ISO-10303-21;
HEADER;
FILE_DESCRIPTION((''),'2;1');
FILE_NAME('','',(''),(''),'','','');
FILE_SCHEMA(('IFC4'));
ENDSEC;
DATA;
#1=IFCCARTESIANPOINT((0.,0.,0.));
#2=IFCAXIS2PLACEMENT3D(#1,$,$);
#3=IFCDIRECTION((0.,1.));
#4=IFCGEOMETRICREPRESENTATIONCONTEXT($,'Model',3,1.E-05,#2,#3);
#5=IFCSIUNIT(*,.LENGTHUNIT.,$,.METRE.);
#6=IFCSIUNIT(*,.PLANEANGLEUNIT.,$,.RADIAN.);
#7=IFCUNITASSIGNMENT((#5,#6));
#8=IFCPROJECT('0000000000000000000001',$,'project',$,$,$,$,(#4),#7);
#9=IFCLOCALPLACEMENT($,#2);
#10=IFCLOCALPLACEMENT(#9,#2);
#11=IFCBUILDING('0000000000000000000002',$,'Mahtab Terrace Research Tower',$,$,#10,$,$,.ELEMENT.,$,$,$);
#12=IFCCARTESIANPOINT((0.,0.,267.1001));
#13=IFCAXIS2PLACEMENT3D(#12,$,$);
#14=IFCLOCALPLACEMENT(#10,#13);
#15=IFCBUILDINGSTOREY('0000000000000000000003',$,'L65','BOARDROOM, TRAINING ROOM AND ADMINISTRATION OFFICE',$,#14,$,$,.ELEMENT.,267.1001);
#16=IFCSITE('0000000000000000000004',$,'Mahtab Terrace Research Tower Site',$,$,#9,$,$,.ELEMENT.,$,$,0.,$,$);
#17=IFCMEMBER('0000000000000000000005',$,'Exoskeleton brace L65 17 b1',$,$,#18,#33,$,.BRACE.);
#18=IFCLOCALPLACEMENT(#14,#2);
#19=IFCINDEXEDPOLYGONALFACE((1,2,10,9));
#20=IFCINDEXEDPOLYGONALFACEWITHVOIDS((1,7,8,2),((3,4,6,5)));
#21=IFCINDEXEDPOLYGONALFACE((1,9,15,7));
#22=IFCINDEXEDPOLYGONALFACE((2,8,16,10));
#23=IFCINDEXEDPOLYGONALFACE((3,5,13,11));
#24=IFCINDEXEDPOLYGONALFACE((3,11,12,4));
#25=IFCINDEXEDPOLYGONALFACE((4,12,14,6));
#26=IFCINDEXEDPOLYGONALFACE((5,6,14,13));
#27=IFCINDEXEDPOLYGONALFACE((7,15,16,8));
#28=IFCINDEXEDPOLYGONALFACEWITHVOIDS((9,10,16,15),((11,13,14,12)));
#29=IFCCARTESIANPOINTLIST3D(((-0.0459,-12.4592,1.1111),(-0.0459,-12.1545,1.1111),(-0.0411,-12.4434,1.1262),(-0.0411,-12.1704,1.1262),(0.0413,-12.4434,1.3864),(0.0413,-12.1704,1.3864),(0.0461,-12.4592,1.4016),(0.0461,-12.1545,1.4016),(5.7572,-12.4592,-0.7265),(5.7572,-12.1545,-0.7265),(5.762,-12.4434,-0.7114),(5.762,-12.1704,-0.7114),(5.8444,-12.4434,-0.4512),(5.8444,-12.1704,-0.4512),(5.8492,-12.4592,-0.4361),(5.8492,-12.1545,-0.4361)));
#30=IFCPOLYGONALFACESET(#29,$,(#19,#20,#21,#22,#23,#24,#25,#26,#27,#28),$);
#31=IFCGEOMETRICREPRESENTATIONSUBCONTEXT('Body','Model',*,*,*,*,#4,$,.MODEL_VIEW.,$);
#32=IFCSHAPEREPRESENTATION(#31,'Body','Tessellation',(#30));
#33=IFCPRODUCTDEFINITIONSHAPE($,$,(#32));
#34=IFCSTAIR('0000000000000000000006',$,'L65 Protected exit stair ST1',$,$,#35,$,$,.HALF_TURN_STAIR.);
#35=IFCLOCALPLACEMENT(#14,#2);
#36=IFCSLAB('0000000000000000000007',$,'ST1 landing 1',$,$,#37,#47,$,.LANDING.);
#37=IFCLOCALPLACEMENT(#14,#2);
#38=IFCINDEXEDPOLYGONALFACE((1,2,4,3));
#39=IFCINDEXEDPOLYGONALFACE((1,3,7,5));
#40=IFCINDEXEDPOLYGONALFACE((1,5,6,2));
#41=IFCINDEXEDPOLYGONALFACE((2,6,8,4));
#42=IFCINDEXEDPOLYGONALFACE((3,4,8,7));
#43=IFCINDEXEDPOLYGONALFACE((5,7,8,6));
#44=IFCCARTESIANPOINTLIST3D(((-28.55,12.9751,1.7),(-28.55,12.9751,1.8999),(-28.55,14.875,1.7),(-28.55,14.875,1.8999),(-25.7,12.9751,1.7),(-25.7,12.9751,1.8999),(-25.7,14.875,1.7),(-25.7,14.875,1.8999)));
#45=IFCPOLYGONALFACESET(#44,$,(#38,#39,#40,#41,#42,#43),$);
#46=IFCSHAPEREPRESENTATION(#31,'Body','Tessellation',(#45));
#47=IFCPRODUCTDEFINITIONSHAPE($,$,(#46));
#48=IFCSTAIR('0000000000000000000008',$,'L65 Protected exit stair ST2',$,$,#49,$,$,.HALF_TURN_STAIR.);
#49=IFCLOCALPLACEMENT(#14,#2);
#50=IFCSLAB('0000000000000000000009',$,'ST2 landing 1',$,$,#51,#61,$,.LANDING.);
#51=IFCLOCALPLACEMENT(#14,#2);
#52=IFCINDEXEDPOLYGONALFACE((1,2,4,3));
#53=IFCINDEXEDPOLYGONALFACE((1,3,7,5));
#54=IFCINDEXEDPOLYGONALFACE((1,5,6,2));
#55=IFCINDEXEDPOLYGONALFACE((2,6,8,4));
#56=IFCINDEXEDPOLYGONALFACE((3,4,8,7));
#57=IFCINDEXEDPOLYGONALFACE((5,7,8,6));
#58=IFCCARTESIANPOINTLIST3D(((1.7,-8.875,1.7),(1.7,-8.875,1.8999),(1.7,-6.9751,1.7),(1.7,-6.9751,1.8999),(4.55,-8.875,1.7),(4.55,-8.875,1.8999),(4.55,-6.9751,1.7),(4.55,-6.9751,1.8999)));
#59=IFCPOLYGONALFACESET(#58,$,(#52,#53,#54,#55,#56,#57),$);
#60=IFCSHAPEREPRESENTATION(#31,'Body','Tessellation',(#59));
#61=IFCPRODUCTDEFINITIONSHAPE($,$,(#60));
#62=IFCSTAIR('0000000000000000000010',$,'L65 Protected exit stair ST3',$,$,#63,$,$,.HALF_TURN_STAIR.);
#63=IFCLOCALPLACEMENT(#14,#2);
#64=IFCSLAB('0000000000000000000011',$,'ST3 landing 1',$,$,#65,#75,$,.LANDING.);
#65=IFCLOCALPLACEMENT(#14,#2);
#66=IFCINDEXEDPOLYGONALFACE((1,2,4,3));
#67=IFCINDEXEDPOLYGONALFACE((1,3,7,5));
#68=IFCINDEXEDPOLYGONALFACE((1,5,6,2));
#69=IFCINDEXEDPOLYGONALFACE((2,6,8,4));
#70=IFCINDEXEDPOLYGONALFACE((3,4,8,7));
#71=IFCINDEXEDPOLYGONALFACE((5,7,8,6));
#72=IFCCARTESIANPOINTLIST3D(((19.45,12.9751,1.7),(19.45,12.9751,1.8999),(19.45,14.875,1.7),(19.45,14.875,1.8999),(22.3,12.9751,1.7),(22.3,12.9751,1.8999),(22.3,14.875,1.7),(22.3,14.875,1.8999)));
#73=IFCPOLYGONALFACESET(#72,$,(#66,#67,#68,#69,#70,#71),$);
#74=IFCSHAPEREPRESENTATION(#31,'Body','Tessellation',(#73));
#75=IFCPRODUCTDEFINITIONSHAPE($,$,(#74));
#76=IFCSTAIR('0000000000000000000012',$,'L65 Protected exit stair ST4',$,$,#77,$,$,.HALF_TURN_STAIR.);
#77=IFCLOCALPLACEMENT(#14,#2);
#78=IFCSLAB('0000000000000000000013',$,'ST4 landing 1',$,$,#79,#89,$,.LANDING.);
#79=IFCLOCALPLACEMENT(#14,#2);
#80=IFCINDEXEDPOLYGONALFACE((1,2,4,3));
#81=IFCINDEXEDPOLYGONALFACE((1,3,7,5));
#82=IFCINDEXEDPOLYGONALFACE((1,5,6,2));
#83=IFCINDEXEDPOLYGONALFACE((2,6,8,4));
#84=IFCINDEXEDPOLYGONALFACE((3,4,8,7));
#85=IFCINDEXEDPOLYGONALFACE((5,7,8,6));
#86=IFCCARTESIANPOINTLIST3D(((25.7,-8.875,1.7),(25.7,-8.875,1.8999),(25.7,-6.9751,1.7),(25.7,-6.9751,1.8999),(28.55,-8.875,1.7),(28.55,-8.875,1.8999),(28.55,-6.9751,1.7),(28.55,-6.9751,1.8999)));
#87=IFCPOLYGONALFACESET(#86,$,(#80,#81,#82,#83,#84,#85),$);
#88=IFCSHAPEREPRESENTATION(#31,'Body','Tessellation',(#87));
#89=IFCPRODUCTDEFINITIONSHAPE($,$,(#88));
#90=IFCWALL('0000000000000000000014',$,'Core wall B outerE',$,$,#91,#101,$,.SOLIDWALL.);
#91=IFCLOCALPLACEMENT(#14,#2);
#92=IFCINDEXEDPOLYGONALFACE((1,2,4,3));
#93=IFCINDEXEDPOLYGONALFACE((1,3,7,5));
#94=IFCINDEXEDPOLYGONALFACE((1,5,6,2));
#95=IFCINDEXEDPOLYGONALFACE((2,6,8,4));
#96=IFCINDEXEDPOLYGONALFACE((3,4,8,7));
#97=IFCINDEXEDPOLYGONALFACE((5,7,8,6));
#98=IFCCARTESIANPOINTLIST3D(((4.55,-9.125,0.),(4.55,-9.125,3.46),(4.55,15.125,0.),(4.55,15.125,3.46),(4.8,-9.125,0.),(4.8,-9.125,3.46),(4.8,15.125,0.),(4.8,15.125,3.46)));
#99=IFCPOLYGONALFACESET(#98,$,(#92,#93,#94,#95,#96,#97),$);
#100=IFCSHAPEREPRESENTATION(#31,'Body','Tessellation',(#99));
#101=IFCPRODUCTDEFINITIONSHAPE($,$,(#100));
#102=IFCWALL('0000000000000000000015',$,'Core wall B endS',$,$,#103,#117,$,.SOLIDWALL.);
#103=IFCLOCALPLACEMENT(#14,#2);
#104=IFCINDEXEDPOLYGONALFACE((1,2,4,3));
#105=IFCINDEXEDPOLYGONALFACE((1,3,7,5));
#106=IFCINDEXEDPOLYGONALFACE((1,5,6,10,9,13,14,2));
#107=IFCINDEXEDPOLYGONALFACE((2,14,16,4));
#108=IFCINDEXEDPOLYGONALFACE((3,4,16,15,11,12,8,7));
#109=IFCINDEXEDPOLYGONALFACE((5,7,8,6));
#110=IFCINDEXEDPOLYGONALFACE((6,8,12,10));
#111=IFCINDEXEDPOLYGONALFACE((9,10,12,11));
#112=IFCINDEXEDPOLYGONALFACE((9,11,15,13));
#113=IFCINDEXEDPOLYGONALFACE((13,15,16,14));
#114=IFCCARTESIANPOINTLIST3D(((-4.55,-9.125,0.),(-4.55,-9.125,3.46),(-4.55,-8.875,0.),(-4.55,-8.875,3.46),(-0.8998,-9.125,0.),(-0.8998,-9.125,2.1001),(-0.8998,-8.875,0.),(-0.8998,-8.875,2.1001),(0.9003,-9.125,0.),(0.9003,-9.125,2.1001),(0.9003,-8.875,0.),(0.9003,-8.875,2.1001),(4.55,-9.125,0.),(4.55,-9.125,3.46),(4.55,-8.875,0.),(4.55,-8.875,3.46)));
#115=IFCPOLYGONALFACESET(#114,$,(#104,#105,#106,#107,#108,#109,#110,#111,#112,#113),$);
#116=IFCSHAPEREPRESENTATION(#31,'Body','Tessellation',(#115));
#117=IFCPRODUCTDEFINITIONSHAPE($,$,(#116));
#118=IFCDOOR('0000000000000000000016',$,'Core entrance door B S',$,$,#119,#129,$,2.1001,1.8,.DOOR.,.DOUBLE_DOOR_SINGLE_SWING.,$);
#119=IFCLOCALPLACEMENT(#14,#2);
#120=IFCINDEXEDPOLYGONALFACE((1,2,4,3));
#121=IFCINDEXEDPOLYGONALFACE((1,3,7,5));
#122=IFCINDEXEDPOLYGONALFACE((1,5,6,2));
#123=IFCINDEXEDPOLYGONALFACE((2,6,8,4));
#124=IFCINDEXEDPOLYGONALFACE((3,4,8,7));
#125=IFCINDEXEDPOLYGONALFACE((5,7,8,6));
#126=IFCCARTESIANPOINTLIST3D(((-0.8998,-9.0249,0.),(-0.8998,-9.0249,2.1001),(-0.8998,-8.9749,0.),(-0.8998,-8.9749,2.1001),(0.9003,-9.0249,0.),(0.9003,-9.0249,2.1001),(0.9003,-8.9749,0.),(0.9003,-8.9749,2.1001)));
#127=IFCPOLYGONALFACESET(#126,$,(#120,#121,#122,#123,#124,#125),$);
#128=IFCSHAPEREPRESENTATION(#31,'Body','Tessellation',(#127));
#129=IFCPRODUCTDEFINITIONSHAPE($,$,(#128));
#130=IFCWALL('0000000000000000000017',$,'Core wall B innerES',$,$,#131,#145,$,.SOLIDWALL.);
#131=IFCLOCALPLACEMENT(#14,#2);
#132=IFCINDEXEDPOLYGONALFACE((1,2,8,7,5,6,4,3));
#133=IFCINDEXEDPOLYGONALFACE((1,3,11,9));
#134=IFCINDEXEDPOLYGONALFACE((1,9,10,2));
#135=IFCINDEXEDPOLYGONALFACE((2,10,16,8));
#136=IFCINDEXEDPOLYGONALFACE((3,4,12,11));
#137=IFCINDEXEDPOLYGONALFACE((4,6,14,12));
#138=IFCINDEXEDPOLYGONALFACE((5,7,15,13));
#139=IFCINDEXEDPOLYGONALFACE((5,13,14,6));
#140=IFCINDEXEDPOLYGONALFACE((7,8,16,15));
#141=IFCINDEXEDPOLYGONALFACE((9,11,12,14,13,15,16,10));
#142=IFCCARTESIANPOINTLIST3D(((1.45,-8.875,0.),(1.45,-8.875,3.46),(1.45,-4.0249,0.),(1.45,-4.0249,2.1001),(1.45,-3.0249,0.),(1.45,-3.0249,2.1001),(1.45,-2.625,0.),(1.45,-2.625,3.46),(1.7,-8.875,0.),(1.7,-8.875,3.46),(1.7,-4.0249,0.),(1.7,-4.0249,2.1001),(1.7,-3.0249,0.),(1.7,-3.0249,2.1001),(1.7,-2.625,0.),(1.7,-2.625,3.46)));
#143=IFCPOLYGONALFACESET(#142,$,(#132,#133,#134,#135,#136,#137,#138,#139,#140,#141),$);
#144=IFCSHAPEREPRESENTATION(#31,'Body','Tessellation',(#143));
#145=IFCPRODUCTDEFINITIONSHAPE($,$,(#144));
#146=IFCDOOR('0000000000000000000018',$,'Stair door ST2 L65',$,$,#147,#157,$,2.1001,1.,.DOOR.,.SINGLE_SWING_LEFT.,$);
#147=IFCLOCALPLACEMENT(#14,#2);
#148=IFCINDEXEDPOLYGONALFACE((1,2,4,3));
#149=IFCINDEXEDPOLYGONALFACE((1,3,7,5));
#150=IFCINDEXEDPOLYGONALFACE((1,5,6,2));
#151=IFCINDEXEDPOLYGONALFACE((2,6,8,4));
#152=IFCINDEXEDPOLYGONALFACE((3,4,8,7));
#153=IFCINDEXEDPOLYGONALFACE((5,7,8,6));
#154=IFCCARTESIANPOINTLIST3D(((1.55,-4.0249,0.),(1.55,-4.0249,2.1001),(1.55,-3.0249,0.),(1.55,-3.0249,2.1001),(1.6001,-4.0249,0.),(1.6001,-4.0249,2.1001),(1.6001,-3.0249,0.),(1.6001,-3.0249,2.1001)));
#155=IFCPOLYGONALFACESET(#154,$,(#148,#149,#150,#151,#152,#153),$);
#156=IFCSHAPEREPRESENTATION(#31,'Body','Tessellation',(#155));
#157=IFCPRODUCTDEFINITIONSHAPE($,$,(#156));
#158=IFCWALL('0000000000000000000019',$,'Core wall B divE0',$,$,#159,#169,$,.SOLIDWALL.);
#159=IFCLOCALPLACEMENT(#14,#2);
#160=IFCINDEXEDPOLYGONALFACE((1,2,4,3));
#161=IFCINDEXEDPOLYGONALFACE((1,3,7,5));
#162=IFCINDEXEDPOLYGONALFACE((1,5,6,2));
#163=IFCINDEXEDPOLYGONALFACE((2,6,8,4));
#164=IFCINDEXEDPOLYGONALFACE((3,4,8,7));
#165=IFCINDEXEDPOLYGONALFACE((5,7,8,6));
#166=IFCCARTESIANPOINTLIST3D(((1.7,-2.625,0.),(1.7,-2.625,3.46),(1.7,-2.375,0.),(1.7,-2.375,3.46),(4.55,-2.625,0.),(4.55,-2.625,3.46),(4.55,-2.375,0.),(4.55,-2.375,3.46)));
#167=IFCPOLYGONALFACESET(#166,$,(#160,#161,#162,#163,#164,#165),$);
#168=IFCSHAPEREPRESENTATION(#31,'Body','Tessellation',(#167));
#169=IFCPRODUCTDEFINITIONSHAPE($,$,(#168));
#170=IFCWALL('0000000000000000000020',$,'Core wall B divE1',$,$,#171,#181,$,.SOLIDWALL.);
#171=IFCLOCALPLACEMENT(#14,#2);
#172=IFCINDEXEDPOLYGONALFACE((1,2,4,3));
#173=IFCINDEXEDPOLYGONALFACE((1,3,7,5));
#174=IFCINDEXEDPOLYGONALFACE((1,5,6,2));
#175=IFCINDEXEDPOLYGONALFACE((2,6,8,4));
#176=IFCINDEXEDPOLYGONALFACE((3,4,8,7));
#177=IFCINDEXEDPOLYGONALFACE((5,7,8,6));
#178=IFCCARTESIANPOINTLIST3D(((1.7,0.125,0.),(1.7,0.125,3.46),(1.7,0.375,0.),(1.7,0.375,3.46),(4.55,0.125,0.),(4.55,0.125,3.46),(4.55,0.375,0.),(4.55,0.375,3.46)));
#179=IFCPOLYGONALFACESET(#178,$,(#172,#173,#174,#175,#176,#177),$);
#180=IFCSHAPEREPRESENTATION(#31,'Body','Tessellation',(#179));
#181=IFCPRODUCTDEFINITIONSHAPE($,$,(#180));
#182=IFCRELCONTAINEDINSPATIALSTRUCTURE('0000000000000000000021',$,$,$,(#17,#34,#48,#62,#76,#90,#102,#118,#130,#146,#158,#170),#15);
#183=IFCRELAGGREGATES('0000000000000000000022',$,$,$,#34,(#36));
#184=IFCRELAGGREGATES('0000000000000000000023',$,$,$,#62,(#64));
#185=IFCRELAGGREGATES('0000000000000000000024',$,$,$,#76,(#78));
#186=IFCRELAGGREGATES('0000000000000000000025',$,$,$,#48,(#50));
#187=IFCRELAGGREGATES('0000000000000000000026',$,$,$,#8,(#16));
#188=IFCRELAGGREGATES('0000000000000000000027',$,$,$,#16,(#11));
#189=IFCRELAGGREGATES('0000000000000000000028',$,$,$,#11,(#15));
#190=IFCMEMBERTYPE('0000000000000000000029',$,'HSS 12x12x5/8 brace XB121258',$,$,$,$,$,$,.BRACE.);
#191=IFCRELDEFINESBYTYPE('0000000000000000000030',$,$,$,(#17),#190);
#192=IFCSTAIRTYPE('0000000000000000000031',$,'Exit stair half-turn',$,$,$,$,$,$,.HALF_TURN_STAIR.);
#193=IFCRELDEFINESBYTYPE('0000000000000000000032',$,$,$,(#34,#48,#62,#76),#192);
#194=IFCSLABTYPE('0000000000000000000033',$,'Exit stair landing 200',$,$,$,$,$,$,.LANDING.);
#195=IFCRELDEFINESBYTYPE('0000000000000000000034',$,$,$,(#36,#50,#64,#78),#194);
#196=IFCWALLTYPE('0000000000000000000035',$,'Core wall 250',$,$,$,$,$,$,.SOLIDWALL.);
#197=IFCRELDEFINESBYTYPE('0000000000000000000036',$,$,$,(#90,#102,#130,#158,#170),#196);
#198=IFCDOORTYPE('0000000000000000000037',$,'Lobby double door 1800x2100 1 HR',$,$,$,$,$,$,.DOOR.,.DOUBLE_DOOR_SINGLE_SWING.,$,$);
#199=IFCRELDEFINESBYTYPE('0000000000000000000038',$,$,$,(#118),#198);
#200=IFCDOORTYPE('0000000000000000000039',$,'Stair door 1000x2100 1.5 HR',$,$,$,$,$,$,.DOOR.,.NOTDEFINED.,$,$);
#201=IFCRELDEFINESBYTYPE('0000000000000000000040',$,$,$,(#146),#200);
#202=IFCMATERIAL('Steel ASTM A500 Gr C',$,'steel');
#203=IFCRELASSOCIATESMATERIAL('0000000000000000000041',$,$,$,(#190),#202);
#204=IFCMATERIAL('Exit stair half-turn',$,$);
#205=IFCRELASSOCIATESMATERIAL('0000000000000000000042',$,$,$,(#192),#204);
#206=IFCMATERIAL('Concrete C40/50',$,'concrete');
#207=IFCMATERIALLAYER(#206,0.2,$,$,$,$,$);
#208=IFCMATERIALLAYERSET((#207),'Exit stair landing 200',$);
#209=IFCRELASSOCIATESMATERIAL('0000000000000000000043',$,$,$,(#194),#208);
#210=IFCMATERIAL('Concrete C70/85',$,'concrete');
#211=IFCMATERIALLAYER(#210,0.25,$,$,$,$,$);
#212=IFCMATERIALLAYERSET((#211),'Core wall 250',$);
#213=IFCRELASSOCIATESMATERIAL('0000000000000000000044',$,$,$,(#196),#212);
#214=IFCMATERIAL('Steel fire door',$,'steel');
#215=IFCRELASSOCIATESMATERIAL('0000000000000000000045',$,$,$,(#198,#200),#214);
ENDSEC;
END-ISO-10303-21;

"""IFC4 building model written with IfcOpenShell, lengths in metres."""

from ifc_helpers import new_model, si_unit, direction, frame, frame_2d, origin, origin_2d, place, context, subcontext, project, spatial, polyline, rectangle, hollow_rectangle, outline, extrude, material, layer, layer_set, material_profile, profile_set, type_object, element, fill, aggregate, save


model = new_model("IFC4")

# Units and contexts
model_context = context("Model", 3, precision=1e-05, world=origin(), true_north=direction((0.0, 1.0)))
body_context = subcontext(model_context, "Body", "Model", "MODEL_VIEW")
ifc_project = project(units=[si_unit("LENGTHUNIT", "METRE"), si_unit("PLANEANGLEUNIT", "RADIAN")], contexts=[model_context])

# Site, building, storey
site_placement = place(None, origin())
site = spatial("IfcSite", under=ifc_project, at=site_placement, Name="Mahtab Terrace Research Tower Site", CompositionType="ELEMENT", RefElevation=0.0)
building_placement = place(site_placement, origin())
building = spatial("IfcBuilding", under=site, at=building_placement, Name="Mahtab Terrace Research Tower", CompositionType="ELEMENT")
storey_placement = place(building_placement, frame((0.0, 0.0, 267.1001)))
storey = spatial("IfcBuildingStorey", under=building, at=storey_placement, Name="L65", Description="BOARDROOM, TRAINING ROOM AND ADMINISTRATION OFFICE", CompositionType="ELEMENT", Elevation=267.1001)

# Member
ifc_material_1 = material(Name="Steel ASTM A500 Gr C", Category="steel")
ifc_material_profile = material_profile(ifc_material_1, hollow_rectangle(XDim=0.3047, YDim=0.3047, WallThickness=0.0159, at=origin_2d()), Name="HSS12X12X5/8")
ifc_profile_set = profile_set([ifc_material_profile], Name="Steel ASTM A500 Gr C")
member_type = type_object("IfcMemberType", Name="HSS 12x12x5/8 brace XB121258", PredefinedType="BRACE", material=ifc_profile_set)
member_placement = place(storey_placement, frame((5.8032, -12.3069, -0.5813), z_axis=(-0.953344, 0.0, 0.301886), x_axis=(0.0, -1.0, 0.0)))
element("IfcMember", 1, at=member_placement, inside=storey, type_object=member_type, Name="Exoskeleton brace L65 17 b1", PredefinedType="BRACE", context=body_context, shape_type="SweptSolid", body=[
    extrude(hollow_rectangle(XDim=0.3047, YDim=0.3047, WallThickness=0.0159, at=origin_2d()), origin(), (0.0, 0.0, 1.0), 6.0872),
])

# Stairs, slabs
ifc_material_2 = material(Name="Exit stair half-turn")
stair_type = type_object("IfcStairType", Name="Exit stair half-turn", PredefinedType="HALF_TURN_STAIR", material=ifc_material_2)
stair_1_placement = place(storey_placement, origin())
stair_1 = element("IfcStair", 2, at=stair_1_placement, inside=storey, type_object=stair_type, Name="L65 Protected exit stair ST1", PredefinedType="HALF_TURN_STAIR")
ifc_material_3 = material(Name="Concrete C40/50", Category="concrete")
ifc_layer_1 = layer(ifc_material_3, 0.2)
ifc_layer_set_1 = layer_set([ifc_layer_1], Name="Exit stair landing 200")
slab_type = type_object("IfcSlabType", Name="Exit stair landing 200", PredefinedType="LANDING", material=ifc_layer_set_1)
slab_1_placement = place(storey_placement, frame((0.0, 0.0, 1.7)))
slab_1 = element("IfcSlab", 3, at=slab_1_placement, type_object=slab_type, Name="ST1 landing 1", PredefinedType="LANDING", context=body_context, shape_type="SweptSolid", body=[
    extrude(outline(polyline([(-25.7, 12.9751), (-25.7, 14.875), (-28.55, 14.875), (-28.55, 12.9751), (-25.7, 12.9751)])), origin(), (0.0, 0.0, 1.0), 0.2),
])
aggregate(stair_1, [slab_1])
stair_2_placement = place(storey_placement, origin())
stair_2 = element("IfcStair", 4, at=stair_2_placement, inside=storey, type_object=stair_type, Name="L65 Protected exit stair ST2", PredefinedType="HALF_TURN_STAIR")
slab_2_placement = place(storey_placement, frame((0.0, 0.0, 1.7)))
slab_2 = element("IfcSlab", 5, at=slab_2_placement, type_object=slab_type, Name="ST2 landing 1", PredefinedType="LANDING", context=body_context, shape_type="SweptSolid", body=[
    extrude(outline(polyline([(1.7, -6.9751), (1.7, -8.875), (4.55, -8.875), (4.55, -6.9751), (1.7, -6.9751)])), origin(), (0.0, 0.0, 1.0), 0.2),
])
stair_3_placement = place(storey_placement, origin())
stair_3 = element("IfcStair", 6, at=stair_3_placement, inside=storey, type_object=stair_type, Name="L65 Protected exit stair ST3", PredefinedType="HALF_TURN_STAIR")
slab_3_placement = place(storey_placement, frame((0.0, 0.0, 1.7)))
slab_3 = element("IfcSlab", 7, at=slab_3_placement, type_object=slab_type, Name="ST3 landing 1", PredefinedType="LANDING", context=body_context, shape_type="SweptSolid", body=[
    extrude(outline(polyline([(22.3, 12.9751), (22.3, 14.875), (19.45, 14.875), (19.45, 12.9751), (22.3, 12.9751)])), origin(), (0.0, 0.0, 1.0), 0.2),
])
aggregate(stair_3, [slab_3])
stair_4_placement = place(storey_placement, origin())
stair_4 = element("IfcStair", 8, at=stair_4_placement, inside=storey, type_object=stair_type, Name="L65 Protected exit stair ST4", PredefinedType="HALF_TURN_STAIR")
slab_4_placement = place(storey_placement, frame((0.0, 0.0, 1.7)))
slab_4 = element("IfcSlab", 9, at=slab_4_placement, type_object=slab_type, Name="ST4 landing 1", PredefinedType="LANDING", context=body_context, shape_type="SweptSolid", body=[
    extrude(outline(polyline([(25.7, -6.9751), (25.7, -8.875), (28.55, -8.875), (28.55, -6.9751), (25.7, -6.9751)])), origin(), (0.0, 0.0, 1.0), 0.2),
])
aggregate(stair_4, [slab_4])

# Wall
ifc_material_4 = material(Name="Concrete C70/85", Category="concrete")
ifc_layer_2 = layer(ifc_material_4, 0.25)
ifc_layer_set_2 = layer_set([ifc_layer_2], Name="Core wall 250")
wall_type = type_object("IfcWallType", Name="Core wall 250", PredefinedType="SOLIDWALL", material=ifc_layer_set_2)
wall_1_placement = place(storey_placement, frame((4.675, -9.125, 0.0), z_axis=(0.0, 0.0, 1.0), x_axis=(0.0, 1.0, 0.0)))
element("IfcWall", 10, at=wall_1_placement, inside=storey, type_object=wall_type, Name="Core wall B outerE", PredefinedType="SOLIDWALL", context=body_context, shape_type="SweptSolid", body=[
    extrude(rectangle(XDim=24.25, YDim=0.25, at=frame_2d((12.125, 0.0))), origin(), (0.0, 0.0, 1.0), 3.46),
])

# Walls, openings, doors
wall_2_placement = place(storey_placement, frame((4.55, -9.0, 0.0), z_axis=(0.0, 0.0, 1.0), x_axis=(-1.0, 0.0, 0.0)))
wall_2 = element("IfcWall", 11, at=wall_2_placement, inside=storey, type_object=wall_type, Name="Core wall B endS", PredefinedType="SOLIDWALL", context=body_context, shape_type="SweptSolid", body=[
    extrude(rectangle(XDim=9.1001, YDim=0.25, at=frame_2d((4.55, 0.0))), origin(), (0.0, 0.0, 1.0), 3.46),
])
opening_1_placement = place(wall_2_placement, frame((3.6499, 0.0, 0.0)))
opening_1 = element("IfcOpeningElement", 12, at=opening_1_placement, cuts=wall_2, PredefinedType="OPENING", context=body_context, shape_type="SweptSolid", body=[
    extrude(rectangle(XDim=1.8, YDim=2.1001, at=frame_2d((0.8999, 1.05))), frame((0.0, 0.135, 0.0), z_axis=(0.0, -1.0, 0.0), x_axis=(1.0, 0.0, 0.0)), (0.0, 0.0, 1.0), 0.27),
])
ifc_material_5 = material(Name="Steel fire door", Category="steel")
door_type_1 = type_object("IfcDoorType", Name="Lobby double door 1800x2100 1 HR", OperationType="DOUBLE_DOOR_SINGLE_SWING", PredefinedType="DOOR", material=ifc_material_5)
door_1_placement = place(opening_1_placement, origin())
door_1 = element("IfcDoor", 13, at=door_1_placement, inside=storey, type_object=door_type_1, Name="Core entrance door B S", OperationType="DOUBLE_DOOR_SINGLE_SWING", OverallHeight=2.1001, OverallWidth=1.8, PredefinedType="DOOR", context=body_context, shape_type="SweptSolid", body=[
    extrude(rectangle(XDim=1.8, YDim=2.1001, at=frame_2d((0.8999, 1.05))), frame((0.0, 0.0249, 0.0), z_axis=(0.0, -1.0, 0.0), x_axis=(1.0, 0.0, 0.0)), (0.0, 0.0, 1.0), 0.05),
])
fill(opening_1, door_1)
wall_3_placement = place(storey_placement, frame((1.575, -8.875, 0.0), z_axis=(0.0, 0.0, 1.0), x_axis=(0.0, 1.0, 0.0)))
wall_3 = element("IfcWall", 14, at=wall_3_placement, inside=storey, type_object=wall_type, Name="Core wall B innerES", PredefinedType="SOLIDWALL", context=body_context, shape_type="SweptSolid", body=[
    extrude(rectangle(XDim=6.25, YDim=0.25, at=frame_2d((3.125, 0.0))), origin(), (0.0, 0.0, 1.0), 3.46),
])
opening_2_placement = place(wall_3_placement, frame((4.8501, 0.0, 0.0)))
opening_2 = element("IfcOpeningElement", 15, at=opening_2_placement, cuts=wall_3, PredefinedType="OPENING", context=body_context, shape_type="SweptSolid", body=[
    extrude(rectangle(XDim=1.0, YDim=2.1001, at=frame_2d((0.5, 1.05))), frame((0.0, 0.135, 0.0), z_axis=(0.0, -1.0, 0.0), x_axis=(1.0, 0.0, 0.0)), (0.0, 0.0, 1.0), 0.27),
])
door_type_2 = type_object("IfcDoorType", Name="Stair door 1000x2100 1.5 HR", OperationType="NOTDEFINED", PredefinedType="DOOR", material=ifc_material_5)
door_2_placement = place(opening_2_placement, origin())
door_2 = element("IfcDoor", 16, at=door_2_placement, inside=storey, type_object=door_type_2, Name="Stair door ST2 L65", OperationType="SINGLE_SWING_LEFT", OverallHeight=2.1001, OverallWidth=1.0, PredefinedType="DOOR", context=body_context, shape_type="SweptSolid", body=[
    extrude(rectangle(XDim=1.0, YDim=2.1001, at=frame_2d((0.5, 1.05))), frame((0.0, 0.0249, 0.0), z_axis=(0.0, -1.0, 0.0), x_axis=(1.0, 0.0, 0.0)), (0.0, 0.0, 1.0), 0.05),
])
fill(opening_2, door_2)

# Walls
for number, where, z_axis, x_axis, name in (
    (17, (1.7, -2.5, 0.0), (0.0, 0.0, 1.0), (1.0, 0.0, 0.0), "Core wall B divE0"),
    (18, (1.7, 0.25, 0.0), (0.0, 0.0, 1.0), (1.0, 0.0, 0.0), "Core wall B divE1"),
):
    element("IfcWall", number, at=place(storey_placement, frame(where, z_axis=z_axis, x_axis=x_axis)), inside=storey, type_object=wall_type, Name=name, PredefinedType="SOLIDWALL", context=body_context, shape_type="SweptSolid", body=[
        extrude(rectangle(XDim=2.8501, YDim=0.25, at=frame_2d((1.425, 0.0))), origin(), (0.0, 0.0, 1.0), 3.46),
    ])

aggregate(stair_2, [slab_2])

save(model, "model.ifc")
